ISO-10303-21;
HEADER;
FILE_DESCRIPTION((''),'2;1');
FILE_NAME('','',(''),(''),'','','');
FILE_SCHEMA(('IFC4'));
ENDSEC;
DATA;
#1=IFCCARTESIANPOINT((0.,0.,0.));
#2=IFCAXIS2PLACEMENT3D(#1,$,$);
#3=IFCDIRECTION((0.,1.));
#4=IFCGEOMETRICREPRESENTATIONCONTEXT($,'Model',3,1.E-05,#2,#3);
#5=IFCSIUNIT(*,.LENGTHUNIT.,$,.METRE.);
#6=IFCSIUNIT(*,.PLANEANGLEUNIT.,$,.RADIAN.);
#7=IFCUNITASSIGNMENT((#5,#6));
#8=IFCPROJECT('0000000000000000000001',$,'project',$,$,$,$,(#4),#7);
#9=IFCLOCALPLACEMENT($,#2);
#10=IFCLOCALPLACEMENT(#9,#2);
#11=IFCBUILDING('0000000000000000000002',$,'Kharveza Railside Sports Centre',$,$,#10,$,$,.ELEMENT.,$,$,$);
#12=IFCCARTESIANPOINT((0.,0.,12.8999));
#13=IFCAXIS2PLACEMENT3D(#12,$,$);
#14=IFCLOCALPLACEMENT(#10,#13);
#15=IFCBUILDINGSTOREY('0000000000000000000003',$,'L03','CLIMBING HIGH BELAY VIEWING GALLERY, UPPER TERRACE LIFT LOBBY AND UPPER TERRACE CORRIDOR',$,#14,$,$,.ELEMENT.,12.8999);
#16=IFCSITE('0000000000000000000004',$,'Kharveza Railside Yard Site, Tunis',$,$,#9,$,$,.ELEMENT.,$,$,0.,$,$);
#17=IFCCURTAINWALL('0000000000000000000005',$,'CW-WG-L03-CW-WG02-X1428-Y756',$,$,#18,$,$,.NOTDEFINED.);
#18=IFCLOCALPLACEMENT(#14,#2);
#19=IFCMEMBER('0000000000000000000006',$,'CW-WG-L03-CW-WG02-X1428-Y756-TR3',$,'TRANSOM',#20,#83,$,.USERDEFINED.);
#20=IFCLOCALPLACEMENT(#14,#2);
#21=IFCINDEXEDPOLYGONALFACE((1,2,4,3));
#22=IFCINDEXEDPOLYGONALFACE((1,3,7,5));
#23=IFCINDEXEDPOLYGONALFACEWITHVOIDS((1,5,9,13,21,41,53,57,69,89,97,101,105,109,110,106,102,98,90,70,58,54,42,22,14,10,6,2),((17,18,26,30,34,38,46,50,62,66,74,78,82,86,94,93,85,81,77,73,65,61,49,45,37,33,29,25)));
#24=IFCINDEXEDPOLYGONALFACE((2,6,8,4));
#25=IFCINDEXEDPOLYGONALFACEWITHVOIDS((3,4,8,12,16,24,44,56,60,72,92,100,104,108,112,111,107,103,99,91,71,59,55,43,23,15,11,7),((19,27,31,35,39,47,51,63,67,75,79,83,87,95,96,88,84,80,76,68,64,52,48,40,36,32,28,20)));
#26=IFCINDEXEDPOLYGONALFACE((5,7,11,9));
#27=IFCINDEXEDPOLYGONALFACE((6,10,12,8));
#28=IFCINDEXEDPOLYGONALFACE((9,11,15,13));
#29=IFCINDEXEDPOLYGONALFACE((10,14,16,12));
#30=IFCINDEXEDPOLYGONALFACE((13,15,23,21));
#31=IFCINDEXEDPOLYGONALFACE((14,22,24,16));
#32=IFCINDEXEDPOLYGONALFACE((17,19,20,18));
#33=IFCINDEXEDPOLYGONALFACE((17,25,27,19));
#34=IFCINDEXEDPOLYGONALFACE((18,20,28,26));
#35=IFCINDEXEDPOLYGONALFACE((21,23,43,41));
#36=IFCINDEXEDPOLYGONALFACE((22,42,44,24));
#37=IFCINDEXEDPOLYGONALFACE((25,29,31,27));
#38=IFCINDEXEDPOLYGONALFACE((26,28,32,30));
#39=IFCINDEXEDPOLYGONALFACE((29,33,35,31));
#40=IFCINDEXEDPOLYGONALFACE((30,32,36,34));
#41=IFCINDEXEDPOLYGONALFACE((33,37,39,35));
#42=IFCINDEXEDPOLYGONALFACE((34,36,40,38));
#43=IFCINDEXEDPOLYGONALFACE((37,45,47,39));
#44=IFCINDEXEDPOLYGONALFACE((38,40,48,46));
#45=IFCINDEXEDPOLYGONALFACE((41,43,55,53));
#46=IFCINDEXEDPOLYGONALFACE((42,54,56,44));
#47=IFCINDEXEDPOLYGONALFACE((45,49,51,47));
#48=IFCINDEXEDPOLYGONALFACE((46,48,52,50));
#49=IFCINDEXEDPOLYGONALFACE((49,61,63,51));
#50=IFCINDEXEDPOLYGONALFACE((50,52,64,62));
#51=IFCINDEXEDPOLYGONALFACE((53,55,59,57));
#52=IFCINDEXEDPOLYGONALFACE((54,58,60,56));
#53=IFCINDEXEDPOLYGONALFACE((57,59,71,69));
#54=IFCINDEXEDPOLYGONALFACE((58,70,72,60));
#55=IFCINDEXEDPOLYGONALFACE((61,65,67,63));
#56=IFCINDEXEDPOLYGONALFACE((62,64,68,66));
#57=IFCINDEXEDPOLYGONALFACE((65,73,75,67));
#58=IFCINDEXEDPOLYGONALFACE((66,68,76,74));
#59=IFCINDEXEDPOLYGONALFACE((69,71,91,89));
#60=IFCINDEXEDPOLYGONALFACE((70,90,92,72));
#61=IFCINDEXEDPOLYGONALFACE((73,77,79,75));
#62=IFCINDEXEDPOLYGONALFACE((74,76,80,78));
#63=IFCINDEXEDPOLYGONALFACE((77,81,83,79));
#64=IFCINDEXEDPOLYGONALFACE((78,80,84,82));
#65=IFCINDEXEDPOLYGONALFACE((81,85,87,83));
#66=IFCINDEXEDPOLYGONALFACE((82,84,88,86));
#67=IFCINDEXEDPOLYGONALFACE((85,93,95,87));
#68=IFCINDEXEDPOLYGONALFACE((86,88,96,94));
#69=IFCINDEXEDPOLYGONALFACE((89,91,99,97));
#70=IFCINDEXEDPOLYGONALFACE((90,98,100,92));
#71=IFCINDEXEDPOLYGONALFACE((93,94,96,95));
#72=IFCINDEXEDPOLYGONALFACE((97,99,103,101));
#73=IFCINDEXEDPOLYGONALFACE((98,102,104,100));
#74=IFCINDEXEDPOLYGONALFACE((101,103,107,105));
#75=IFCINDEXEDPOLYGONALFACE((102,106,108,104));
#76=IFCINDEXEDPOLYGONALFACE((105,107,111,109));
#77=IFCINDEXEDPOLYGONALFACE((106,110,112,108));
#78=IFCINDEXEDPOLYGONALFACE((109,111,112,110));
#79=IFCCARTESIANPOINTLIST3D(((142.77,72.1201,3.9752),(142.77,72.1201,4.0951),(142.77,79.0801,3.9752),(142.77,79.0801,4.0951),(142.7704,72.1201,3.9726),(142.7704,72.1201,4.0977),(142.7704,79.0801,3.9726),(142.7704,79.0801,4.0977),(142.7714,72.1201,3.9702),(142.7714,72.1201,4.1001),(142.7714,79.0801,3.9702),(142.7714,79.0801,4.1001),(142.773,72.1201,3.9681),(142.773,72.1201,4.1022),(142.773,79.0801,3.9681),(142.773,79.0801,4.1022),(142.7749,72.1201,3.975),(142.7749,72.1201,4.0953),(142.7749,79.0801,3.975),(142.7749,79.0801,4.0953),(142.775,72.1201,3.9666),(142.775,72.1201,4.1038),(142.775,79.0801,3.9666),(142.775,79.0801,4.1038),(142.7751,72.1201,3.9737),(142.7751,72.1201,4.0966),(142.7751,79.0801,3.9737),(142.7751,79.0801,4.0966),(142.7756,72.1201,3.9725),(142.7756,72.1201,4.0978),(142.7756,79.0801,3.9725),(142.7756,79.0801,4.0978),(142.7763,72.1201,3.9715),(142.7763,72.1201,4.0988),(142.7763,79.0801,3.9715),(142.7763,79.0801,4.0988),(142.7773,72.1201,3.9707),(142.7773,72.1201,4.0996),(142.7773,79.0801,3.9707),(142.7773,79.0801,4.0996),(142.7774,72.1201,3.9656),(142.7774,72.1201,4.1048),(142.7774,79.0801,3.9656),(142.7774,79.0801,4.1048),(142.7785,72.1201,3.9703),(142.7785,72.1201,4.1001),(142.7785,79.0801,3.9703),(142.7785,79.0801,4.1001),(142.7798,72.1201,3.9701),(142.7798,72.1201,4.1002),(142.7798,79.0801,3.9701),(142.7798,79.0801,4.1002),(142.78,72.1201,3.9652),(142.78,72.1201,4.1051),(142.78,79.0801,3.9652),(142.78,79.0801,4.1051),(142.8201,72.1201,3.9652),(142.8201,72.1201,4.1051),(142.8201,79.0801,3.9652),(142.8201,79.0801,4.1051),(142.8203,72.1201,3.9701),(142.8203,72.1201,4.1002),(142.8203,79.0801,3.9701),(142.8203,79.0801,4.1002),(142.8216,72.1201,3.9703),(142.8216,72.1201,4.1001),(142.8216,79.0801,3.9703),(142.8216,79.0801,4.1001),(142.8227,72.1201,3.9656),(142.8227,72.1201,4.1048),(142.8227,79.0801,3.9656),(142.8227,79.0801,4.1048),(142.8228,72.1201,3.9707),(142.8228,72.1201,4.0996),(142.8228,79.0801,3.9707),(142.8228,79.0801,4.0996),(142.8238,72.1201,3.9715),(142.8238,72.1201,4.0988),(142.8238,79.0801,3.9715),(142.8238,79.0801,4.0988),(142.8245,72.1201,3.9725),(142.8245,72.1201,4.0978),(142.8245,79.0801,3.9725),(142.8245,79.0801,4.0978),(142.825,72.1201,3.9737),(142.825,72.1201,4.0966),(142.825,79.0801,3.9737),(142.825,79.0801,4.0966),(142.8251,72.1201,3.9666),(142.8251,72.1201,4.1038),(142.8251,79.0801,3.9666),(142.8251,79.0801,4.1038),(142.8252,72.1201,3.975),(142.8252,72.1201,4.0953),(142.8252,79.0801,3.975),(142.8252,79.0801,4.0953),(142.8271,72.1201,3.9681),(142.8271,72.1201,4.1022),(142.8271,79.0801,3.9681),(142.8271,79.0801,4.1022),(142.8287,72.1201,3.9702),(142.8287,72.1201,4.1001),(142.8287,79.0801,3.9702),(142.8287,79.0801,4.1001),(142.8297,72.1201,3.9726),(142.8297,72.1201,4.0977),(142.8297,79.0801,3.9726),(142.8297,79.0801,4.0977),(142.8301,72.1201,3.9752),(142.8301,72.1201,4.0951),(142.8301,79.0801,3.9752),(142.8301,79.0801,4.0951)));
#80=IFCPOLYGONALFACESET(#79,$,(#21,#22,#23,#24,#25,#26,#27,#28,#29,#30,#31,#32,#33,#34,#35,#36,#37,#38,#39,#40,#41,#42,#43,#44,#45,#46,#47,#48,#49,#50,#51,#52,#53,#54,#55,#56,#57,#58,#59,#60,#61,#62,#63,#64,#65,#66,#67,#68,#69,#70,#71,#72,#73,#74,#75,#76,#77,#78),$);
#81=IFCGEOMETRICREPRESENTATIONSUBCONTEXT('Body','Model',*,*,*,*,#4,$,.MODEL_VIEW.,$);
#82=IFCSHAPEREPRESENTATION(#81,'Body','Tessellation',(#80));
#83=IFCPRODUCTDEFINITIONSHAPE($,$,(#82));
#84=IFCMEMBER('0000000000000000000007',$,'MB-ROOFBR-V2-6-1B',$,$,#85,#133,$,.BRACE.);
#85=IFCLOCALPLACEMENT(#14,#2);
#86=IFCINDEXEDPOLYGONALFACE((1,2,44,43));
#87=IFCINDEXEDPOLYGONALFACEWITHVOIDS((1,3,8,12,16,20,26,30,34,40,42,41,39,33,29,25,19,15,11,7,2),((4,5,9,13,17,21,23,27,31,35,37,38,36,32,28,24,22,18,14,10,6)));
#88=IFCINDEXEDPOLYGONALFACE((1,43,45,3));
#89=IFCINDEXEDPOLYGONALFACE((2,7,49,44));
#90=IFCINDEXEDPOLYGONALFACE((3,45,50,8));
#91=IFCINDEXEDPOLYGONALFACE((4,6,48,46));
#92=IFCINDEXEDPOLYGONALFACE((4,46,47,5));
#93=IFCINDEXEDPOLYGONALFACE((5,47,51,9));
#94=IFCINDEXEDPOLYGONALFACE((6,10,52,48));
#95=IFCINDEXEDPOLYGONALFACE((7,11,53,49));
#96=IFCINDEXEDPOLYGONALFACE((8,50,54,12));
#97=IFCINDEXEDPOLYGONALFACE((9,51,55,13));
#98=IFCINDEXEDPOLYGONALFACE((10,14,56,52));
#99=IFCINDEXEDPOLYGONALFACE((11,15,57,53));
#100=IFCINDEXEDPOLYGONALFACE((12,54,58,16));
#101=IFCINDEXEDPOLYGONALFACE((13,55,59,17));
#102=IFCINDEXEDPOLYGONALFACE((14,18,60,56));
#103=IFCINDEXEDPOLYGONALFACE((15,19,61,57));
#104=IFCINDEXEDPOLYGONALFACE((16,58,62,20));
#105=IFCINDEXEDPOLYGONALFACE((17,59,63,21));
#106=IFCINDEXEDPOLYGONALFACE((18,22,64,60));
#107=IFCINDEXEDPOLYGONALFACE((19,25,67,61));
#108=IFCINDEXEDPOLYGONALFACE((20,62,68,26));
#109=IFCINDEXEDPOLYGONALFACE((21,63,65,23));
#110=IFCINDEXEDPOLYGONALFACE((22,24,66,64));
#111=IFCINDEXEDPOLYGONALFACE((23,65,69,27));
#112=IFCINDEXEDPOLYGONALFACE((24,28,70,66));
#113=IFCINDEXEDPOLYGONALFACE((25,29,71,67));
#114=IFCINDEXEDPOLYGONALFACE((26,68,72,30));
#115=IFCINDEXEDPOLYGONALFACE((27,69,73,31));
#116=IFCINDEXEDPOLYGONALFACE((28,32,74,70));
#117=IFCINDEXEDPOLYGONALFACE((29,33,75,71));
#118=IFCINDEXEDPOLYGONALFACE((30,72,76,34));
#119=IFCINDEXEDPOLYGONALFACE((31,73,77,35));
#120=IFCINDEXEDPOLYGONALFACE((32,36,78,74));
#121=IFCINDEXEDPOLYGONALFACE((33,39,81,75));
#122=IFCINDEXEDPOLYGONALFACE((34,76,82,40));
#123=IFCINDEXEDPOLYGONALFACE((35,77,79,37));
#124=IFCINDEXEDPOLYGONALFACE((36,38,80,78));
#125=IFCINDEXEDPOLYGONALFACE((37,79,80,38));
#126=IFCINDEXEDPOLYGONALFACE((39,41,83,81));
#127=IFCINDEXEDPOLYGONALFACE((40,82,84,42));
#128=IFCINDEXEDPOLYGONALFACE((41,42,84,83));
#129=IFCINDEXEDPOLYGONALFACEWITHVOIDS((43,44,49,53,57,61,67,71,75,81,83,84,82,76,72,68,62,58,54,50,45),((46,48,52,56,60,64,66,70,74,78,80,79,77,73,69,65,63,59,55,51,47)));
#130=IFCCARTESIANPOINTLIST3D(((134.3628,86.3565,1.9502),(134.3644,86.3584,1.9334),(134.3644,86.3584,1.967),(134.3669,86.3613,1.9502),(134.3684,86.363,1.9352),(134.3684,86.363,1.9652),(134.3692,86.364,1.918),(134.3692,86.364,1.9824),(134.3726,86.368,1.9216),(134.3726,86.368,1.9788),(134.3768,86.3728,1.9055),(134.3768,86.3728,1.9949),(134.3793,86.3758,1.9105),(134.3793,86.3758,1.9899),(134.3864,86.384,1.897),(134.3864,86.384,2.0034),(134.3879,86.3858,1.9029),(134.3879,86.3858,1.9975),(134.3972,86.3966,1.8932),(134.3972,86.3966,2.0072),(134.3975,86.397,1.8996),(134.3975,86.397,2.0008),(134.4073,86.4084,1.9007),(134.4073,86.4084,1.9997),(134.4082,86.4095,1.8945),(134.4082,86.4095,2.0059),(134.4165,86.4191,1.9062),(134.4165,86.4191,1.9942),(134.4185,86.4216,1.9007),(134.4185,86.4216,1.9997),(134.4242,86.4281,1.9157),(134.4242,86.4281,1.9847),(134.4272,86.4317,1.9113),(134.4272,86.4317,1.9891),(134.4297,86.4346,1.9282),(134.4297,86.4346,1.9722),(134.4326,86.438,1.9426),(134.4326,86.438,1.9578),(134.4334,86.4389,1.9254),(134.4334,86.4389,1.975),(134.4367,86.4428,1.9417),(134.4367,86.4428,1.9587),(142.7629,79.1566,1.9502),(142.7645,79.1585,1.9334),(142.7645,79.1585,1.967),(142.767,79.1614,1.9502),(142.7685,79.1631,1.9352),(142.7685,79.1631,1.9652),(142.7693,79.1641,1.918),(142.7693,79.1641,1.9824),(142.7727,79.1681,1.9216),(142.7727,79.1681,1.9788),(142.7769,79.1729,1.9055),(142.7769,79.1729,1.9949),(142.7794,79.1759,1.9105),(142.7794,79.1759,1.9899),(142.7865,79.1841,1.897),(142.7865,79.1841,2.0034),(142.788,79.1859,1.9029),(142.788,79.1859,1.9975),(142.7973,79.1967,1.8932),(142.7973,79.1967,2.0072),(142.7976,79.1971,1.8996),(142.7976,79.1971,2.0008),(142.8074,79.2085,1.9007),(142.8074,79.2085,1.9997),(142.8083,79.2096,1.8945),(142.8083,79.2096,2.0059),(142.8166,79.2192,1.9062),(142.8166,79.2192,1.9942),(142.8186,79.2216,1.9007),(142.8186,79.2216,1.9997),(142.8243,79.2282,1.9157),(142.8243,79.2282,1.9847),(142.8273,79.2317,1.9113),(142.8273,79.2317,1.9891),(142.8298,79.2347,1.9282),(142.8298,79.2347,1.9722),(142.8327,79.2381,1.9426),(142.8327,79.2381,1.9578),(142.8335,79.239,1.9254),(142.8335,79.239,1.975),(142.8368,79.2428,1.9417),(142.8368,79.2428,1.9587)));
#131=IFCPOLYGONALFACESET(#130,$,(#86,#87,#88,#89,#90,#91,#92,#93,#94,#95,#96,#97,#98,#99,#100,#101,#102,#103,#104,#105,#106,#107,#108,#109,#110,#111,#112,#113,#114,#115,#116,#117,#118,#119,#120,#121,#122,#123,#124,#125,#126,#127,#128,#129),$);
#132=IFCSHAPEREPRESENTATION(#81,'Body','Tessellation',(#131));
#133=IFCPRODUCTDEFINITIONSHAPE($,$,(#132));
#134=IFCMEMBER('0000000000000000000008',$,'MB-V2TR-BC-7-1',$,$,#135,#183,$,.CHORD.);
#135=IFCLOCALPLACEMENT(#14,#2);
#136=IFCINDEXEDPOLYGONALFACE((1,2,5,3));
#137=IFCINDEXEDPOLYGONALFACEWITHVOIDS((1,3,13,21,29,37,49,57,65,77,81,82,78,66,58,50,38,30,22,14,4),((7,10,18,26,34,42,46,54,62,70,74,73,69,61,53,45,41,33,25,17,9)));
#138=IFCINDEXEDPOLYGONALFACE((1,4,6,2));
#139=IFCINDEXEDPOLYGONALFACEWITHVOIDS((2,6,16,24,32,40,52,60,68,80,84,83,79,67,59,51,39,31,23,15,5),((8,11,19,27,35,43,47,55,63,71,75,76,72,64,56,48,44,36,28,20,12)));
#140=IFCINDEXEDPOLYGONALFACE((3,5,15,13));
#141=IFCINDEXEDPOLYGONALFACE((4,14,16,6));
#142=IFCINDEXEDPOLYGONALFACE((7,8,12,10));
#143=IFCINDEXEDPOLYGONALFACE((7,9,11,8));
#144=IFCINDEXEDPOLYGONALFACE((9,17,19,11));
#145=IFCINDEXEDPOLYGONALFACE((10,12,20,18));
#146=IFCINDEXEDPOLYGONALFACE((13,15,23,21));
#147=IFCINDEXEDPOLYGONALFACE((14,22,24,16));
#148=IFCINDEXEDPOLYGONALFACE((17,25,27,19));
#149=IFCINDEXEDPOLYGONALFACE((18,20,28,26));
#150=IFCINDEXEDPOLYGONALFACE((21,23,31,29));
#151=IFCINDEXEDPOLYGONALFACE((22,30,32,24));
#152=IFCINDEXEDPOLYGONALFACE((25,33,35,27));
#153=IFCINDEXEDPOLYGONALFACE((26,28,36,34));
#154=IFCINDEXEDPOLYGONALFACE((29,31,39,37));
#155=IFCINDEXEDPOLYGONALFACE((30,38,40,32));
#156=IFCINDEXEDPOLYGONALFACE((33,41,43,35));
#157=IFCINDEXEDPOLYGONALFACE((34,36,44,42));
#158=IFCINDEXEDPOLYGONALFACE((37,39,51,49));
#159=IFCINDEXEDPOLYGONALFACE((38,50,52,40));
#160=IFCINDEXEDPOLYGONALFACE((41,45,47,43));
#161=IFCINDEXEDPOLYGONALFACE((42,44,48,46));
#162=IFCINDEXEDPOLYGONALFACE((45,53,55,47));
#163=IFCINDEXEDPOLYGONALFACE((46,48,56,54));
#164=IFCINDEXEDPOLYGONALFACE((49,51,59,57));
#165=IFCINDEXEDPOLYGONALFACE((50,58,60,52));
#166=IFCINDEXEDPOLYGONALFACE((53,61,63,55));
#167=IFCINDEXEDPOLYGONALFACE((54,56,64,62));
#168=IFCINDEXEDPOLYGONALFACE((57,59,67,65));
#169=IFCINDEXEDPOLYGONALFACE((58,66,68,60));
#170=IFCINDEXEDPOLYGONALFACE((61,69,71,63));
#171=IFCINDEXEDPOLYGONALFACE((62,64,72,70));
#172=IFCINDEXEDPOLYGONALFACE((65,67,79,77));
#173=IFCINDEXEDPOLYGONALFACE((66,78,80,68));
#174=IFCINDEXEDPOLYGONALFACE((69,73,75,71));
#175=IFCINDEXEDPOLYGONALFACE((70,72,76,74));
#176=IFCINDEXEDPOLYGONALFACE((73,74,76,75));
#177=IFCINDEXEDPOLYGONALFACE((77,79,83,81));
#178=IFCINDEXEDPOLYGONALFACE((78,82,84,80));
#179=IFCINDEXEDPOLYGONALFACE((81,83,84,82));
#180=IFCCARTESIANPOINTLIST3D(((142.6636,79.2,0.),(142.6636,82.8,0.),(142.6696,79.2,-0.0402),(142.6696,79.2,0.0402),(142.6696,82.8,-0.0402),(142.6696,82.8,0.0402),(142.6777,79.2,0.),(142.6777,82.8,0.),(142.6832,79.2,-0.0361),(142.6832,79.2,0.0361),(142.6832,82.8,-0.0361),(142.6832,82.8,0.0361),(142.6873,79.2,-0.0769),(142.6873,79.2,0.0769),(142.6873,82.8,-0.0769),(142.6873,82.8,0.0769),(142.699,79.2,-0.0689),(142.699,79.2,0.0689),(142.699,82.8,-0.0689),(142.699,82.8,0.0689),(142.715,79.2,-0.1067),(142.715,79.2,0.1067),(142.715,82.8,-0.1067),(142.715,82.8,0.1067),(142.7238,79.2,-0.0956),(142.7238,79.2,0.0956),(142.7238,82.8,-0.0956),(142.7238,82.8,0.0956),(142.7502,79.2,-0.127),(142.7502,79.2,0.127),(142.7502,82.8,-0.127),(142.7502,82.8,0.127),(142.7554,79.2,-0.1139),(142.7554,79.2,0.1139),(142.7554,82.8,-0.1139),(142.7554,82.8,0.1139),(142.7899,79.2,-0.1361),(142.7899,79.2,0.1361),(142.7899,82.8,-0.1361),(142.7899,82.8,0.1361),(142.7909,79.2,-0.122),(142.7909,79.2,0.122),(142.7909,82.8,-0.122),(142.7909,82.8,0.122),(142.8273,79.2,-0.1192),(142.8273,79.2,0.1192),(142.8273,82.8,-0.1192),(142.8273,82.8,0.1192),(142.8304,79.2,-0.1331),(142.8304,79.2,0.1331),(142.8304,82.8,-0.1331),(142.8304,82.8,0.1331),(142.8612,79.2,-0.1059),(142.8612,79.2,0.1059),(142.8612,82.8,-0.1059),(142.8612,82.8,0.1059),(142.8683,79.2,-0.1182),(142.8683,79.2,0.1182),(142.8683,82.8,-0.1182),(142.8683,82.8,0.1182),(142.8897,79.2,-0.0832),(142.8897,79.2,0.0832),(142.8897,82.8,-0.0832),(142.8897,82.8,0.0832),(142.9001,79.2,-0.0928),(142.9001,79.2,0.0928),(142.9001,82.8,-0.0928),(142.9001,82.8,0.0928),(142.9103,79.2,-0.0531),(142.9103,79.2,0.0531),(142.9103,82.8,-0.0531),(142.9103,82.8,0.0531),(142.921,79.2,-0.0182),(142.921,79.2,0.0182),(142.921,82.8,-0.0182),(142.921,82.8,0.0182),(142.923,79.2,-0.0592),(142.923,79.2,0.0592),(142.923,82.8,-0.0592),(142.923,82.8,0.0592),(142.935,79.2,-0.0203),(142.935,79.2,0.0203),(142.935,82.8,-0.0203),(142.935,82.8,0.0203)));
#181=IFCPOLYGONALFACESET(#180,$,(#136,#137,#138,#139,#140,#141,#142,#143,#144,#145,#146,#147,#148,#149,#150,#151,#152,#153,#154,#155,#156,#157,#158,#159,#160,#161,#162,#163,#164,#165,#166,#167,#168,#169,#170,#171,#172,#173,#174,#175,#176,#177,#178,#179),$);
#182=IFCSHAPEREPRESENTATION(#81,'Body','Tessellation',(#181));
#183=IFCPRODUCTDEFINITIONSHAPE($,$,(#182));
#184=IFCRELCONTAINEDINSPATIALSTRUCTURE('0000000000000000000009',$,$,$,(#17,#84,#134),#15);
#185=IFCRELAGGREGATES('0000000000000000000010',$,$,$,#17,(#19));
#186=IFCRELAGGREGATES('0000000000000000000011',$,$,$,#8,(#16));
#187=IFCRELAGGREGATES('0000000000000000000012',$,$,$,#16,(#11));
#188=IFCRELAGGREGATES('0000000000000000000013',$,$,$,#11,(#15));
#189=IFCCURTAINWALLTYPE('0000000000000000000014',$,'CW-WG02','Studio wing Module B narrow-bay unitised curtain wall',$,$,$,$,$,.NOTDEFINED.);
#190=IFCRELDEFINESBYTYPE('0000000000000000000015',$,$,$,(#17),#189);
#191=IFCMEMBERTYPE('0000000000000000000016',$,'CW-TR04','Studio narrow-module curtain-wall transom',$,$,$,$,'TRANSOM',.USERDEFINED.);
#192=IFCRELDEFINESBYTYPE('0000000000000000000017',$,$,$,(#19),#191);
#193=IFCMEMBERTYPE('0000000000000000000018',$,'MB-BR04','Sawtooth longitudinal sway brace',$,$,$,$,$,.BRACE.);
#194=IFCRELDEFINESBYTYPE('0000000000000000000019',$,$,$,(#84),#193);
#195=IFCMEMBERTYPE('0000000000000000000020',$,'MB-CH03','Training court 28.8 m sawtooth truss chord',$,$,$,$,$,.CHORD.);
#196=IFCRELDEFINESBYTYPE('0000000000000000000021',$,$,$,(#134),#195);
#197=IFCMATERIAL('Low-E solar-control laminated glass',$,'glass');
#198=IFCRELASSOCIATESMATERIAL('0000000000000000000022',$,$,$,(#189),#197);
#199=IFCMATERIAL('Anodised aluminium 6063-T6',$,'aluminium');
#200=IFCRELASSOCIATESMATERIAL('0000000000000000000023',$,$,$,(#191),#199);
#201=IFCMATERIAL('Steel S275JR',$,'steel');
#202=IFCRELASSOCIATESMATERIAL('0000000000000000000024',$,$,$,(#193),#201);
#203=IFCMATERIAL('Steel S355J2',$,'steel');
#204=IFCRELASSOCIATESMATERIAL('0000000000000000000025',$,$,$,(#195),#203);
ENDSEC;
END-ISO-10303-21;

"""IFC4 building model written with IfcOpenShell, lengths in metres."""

from ifc_helpers import new_model, si_unit, direction, frame, origin, origin_2d, place, context, subcontext, project, spatial, hollow_rectangle, hollow_circle, extrude, material, material_profile, profile_set, type_object, element, aggregate, save


model = new_model("IFC4")

# Units and contexts
model_context = context("Model", 3, precision=1e-05, world=origin(), true_north=direction((0.0, 1.0)))
body_context = subcontext(model_context, "Body", "Model", "MODEL_VIEW")
ifc_project = project(units=[si_unit("LENGTHUNIT", "METRE"), si_unit("PLANEANGLEUNIT", "RADIAN")], contexts=[model_context])

# Site, building, storey
site_placement = place(None, origin())
site = spatial("IfcSite", under=ifc_project, at=site_placement, Name="Kharveza Railside Yard Site, Tunis", CompositionType="ELEMENT", RefElevation=0.0)
building_placement = place(site_placement, origin())
building = spatial("IfcBuilding", under=site, at=building_placement, Name="Kharveza Railside Sports Centre", CompositionType="ELEMENT")
storey_placement = place(building_placement, frame((0.0, 0.0, 12.8999)))
storey = spatial("IfcBuildingStorey", under=building, at=storey_placement, Name="L03", Description="CLIMBING HIGH BELAY VIEWING GALLERY, UPPER TERRACE LIFT LOBBY AND UPPER TERRACE CORRIDOR", CompositionType="ELEMENT", Elevation=12.8999)

# Shared definitions
ifc_material_1 = material(Name="Steel S355J2", Category="steel")

# Curtain wall, member
ifc_material_2 = material(Name="Low-E solar-control laminated glass", Category="glass")
curtain_wall_type = type_object("IfcCurtainWallType", Name="CW-WG02", Description="Studio wing Module B narrow-bay unitised curtain wall", PredefinedType="NOTDEFINED", material=ifc_material_2)
ifc_material_3 = material(Name="Anodised aluminium 6063-T6", Category="aluminium")
curtain_wall_1_placement = place(storey_placement, origin())
curtain_wall_1 = element("IfcCurtainWall", 1, at=curtain_wall_1_placement, inside=storey, type_object=curtain_wall_type, Name="CW-WG-L03-CW-WG02-X1428-Y756", PredefinedType="NOTDEFINED")
ifc_material_profile_1 = material_profile(ifc_material_3, hollow_rectangle(XDim=0.0601, YDim=0.1399, WallThickness=0.0049, InnerFilletRadius=0.0049, OuterFilletRadius=0.01, at=origin_2d()), Name="RHS 60x140x5.0")
ifc_profile_set_1 = profile_set([ifc_material_profile_1], Name="Anodised aluminium 6063-T6")
member_type_1 = type_object("IfcMemberType", Name="CW-TR04", Description="Studio narrow-module curtain-wall transom", ElementType="TRANSOM", PredefinedType="USERDEFINED", material=ifc_profile_set_1)
member_1_placement = place(storey_placement, frame((142.8, 79.0801, 4.0352), z_axis=(0.0, -1.0, 0.0), x_axis=(1.0, 0.0, 0.0)))
member_1 = element("IfcMember", 2, at=member_1_placement, type_object=member_type_1, Name="CW-WG-L03-CW-WG02-X1428-Y756-TR3", ObjectType="TRANSOM", PredefinedType="USERDEFINED", context=body_context, shape_type="SweptSolid", body=[
    extrude(hollow_rectangle(XDim=0.0601, YDim=0.1399, WallThickness=0.0049, InnerFilletRadius=0.0049, OuterFilletRadius=0.01, at=origin_2d()), origin(), (0.0, 0.0, 1.0), 6.96),
])

# Members
ifc_material_4 = material(Name="Steel S275JR", Category="steel")
ifc_material_profile_2 = material_profile(ifc_material_4, hollow_circle(Radius=0.0571, WallThickness=0.0063, at=origin_2d()), Name="CHS 114.3x6.3")
ifc_profile_set_2 = profile_set([ifc_material_profile_2], Name="Steel S275JR")
member_type_2 = type_object("IfcMemberType", Name="MB-BR04", Description="Sawtooth longitudinal sway brace", PredefinedType="BRACE", material=ifc_profile_set_2)
member_2_placement = place(storey_placement, frame((142.8, 79.2, 1.9502), z_axis=(-0.759264, 0.650782, 0.0), x_axis=(-0.650782, -0.759264, 0.0)))
element("IfcMember", 3, at=member_2_placement, inside=storey, type_object=member_type_2, Name="MB-ROOFBR-V2-6-1B", PredefinedType="BRACE", context=body_context, shape_type="SweptSolid", body=[
    extrude(hollow_circle(Radius=0.0571, WallThickness=0.0063, at=origin_2d()), origin(), (0.0, 0.0, 1.0), 11.0635),
])
ifc_material_profile_3 = material_profile(ifc_material_1, hollow_circle(Radius=0.1365, WallThickness=0.0142, at=origin_2d()), Name="CHS 273.0x14.2")
ifc_profile_set_3 = profile_set([ifc_material_profile_3], Name="Steel S355J2")
member_type_3 = type_object("IfcMemberType", Name="MB-CH03", Description="Training court 28.8 m sawtooth truss chord", PredefinedType="CHORD", material=ifc_profile_set_3)
for number, where, z_axis, x_axis, name in (
    (4, (142.8, 79.2, 0.0), (0.0, 1.0, 0.0), (-1.0, 0.0, 0.0), "MB-V2TR-BC-7-1"),
):
    element("IfcMember", number, at=place(storey_placement, frame(where, z_axis=z_axis, x_axis=x_axis)), inside=storey, type_object=member_type_3, Name=name, PredefinedType="CHORD", context=body_context, shape_type="SweptSolid", body=[
        extrude(hollow_circle(Radius=0.1365, WallThickness=0.0142, at=origin_2d()), origin(), (0.0, 0.0, 1.0), 3.6001),
    ])

aggregate(curtain_wall_1, [member_1])

save(model, "model.ifc")
